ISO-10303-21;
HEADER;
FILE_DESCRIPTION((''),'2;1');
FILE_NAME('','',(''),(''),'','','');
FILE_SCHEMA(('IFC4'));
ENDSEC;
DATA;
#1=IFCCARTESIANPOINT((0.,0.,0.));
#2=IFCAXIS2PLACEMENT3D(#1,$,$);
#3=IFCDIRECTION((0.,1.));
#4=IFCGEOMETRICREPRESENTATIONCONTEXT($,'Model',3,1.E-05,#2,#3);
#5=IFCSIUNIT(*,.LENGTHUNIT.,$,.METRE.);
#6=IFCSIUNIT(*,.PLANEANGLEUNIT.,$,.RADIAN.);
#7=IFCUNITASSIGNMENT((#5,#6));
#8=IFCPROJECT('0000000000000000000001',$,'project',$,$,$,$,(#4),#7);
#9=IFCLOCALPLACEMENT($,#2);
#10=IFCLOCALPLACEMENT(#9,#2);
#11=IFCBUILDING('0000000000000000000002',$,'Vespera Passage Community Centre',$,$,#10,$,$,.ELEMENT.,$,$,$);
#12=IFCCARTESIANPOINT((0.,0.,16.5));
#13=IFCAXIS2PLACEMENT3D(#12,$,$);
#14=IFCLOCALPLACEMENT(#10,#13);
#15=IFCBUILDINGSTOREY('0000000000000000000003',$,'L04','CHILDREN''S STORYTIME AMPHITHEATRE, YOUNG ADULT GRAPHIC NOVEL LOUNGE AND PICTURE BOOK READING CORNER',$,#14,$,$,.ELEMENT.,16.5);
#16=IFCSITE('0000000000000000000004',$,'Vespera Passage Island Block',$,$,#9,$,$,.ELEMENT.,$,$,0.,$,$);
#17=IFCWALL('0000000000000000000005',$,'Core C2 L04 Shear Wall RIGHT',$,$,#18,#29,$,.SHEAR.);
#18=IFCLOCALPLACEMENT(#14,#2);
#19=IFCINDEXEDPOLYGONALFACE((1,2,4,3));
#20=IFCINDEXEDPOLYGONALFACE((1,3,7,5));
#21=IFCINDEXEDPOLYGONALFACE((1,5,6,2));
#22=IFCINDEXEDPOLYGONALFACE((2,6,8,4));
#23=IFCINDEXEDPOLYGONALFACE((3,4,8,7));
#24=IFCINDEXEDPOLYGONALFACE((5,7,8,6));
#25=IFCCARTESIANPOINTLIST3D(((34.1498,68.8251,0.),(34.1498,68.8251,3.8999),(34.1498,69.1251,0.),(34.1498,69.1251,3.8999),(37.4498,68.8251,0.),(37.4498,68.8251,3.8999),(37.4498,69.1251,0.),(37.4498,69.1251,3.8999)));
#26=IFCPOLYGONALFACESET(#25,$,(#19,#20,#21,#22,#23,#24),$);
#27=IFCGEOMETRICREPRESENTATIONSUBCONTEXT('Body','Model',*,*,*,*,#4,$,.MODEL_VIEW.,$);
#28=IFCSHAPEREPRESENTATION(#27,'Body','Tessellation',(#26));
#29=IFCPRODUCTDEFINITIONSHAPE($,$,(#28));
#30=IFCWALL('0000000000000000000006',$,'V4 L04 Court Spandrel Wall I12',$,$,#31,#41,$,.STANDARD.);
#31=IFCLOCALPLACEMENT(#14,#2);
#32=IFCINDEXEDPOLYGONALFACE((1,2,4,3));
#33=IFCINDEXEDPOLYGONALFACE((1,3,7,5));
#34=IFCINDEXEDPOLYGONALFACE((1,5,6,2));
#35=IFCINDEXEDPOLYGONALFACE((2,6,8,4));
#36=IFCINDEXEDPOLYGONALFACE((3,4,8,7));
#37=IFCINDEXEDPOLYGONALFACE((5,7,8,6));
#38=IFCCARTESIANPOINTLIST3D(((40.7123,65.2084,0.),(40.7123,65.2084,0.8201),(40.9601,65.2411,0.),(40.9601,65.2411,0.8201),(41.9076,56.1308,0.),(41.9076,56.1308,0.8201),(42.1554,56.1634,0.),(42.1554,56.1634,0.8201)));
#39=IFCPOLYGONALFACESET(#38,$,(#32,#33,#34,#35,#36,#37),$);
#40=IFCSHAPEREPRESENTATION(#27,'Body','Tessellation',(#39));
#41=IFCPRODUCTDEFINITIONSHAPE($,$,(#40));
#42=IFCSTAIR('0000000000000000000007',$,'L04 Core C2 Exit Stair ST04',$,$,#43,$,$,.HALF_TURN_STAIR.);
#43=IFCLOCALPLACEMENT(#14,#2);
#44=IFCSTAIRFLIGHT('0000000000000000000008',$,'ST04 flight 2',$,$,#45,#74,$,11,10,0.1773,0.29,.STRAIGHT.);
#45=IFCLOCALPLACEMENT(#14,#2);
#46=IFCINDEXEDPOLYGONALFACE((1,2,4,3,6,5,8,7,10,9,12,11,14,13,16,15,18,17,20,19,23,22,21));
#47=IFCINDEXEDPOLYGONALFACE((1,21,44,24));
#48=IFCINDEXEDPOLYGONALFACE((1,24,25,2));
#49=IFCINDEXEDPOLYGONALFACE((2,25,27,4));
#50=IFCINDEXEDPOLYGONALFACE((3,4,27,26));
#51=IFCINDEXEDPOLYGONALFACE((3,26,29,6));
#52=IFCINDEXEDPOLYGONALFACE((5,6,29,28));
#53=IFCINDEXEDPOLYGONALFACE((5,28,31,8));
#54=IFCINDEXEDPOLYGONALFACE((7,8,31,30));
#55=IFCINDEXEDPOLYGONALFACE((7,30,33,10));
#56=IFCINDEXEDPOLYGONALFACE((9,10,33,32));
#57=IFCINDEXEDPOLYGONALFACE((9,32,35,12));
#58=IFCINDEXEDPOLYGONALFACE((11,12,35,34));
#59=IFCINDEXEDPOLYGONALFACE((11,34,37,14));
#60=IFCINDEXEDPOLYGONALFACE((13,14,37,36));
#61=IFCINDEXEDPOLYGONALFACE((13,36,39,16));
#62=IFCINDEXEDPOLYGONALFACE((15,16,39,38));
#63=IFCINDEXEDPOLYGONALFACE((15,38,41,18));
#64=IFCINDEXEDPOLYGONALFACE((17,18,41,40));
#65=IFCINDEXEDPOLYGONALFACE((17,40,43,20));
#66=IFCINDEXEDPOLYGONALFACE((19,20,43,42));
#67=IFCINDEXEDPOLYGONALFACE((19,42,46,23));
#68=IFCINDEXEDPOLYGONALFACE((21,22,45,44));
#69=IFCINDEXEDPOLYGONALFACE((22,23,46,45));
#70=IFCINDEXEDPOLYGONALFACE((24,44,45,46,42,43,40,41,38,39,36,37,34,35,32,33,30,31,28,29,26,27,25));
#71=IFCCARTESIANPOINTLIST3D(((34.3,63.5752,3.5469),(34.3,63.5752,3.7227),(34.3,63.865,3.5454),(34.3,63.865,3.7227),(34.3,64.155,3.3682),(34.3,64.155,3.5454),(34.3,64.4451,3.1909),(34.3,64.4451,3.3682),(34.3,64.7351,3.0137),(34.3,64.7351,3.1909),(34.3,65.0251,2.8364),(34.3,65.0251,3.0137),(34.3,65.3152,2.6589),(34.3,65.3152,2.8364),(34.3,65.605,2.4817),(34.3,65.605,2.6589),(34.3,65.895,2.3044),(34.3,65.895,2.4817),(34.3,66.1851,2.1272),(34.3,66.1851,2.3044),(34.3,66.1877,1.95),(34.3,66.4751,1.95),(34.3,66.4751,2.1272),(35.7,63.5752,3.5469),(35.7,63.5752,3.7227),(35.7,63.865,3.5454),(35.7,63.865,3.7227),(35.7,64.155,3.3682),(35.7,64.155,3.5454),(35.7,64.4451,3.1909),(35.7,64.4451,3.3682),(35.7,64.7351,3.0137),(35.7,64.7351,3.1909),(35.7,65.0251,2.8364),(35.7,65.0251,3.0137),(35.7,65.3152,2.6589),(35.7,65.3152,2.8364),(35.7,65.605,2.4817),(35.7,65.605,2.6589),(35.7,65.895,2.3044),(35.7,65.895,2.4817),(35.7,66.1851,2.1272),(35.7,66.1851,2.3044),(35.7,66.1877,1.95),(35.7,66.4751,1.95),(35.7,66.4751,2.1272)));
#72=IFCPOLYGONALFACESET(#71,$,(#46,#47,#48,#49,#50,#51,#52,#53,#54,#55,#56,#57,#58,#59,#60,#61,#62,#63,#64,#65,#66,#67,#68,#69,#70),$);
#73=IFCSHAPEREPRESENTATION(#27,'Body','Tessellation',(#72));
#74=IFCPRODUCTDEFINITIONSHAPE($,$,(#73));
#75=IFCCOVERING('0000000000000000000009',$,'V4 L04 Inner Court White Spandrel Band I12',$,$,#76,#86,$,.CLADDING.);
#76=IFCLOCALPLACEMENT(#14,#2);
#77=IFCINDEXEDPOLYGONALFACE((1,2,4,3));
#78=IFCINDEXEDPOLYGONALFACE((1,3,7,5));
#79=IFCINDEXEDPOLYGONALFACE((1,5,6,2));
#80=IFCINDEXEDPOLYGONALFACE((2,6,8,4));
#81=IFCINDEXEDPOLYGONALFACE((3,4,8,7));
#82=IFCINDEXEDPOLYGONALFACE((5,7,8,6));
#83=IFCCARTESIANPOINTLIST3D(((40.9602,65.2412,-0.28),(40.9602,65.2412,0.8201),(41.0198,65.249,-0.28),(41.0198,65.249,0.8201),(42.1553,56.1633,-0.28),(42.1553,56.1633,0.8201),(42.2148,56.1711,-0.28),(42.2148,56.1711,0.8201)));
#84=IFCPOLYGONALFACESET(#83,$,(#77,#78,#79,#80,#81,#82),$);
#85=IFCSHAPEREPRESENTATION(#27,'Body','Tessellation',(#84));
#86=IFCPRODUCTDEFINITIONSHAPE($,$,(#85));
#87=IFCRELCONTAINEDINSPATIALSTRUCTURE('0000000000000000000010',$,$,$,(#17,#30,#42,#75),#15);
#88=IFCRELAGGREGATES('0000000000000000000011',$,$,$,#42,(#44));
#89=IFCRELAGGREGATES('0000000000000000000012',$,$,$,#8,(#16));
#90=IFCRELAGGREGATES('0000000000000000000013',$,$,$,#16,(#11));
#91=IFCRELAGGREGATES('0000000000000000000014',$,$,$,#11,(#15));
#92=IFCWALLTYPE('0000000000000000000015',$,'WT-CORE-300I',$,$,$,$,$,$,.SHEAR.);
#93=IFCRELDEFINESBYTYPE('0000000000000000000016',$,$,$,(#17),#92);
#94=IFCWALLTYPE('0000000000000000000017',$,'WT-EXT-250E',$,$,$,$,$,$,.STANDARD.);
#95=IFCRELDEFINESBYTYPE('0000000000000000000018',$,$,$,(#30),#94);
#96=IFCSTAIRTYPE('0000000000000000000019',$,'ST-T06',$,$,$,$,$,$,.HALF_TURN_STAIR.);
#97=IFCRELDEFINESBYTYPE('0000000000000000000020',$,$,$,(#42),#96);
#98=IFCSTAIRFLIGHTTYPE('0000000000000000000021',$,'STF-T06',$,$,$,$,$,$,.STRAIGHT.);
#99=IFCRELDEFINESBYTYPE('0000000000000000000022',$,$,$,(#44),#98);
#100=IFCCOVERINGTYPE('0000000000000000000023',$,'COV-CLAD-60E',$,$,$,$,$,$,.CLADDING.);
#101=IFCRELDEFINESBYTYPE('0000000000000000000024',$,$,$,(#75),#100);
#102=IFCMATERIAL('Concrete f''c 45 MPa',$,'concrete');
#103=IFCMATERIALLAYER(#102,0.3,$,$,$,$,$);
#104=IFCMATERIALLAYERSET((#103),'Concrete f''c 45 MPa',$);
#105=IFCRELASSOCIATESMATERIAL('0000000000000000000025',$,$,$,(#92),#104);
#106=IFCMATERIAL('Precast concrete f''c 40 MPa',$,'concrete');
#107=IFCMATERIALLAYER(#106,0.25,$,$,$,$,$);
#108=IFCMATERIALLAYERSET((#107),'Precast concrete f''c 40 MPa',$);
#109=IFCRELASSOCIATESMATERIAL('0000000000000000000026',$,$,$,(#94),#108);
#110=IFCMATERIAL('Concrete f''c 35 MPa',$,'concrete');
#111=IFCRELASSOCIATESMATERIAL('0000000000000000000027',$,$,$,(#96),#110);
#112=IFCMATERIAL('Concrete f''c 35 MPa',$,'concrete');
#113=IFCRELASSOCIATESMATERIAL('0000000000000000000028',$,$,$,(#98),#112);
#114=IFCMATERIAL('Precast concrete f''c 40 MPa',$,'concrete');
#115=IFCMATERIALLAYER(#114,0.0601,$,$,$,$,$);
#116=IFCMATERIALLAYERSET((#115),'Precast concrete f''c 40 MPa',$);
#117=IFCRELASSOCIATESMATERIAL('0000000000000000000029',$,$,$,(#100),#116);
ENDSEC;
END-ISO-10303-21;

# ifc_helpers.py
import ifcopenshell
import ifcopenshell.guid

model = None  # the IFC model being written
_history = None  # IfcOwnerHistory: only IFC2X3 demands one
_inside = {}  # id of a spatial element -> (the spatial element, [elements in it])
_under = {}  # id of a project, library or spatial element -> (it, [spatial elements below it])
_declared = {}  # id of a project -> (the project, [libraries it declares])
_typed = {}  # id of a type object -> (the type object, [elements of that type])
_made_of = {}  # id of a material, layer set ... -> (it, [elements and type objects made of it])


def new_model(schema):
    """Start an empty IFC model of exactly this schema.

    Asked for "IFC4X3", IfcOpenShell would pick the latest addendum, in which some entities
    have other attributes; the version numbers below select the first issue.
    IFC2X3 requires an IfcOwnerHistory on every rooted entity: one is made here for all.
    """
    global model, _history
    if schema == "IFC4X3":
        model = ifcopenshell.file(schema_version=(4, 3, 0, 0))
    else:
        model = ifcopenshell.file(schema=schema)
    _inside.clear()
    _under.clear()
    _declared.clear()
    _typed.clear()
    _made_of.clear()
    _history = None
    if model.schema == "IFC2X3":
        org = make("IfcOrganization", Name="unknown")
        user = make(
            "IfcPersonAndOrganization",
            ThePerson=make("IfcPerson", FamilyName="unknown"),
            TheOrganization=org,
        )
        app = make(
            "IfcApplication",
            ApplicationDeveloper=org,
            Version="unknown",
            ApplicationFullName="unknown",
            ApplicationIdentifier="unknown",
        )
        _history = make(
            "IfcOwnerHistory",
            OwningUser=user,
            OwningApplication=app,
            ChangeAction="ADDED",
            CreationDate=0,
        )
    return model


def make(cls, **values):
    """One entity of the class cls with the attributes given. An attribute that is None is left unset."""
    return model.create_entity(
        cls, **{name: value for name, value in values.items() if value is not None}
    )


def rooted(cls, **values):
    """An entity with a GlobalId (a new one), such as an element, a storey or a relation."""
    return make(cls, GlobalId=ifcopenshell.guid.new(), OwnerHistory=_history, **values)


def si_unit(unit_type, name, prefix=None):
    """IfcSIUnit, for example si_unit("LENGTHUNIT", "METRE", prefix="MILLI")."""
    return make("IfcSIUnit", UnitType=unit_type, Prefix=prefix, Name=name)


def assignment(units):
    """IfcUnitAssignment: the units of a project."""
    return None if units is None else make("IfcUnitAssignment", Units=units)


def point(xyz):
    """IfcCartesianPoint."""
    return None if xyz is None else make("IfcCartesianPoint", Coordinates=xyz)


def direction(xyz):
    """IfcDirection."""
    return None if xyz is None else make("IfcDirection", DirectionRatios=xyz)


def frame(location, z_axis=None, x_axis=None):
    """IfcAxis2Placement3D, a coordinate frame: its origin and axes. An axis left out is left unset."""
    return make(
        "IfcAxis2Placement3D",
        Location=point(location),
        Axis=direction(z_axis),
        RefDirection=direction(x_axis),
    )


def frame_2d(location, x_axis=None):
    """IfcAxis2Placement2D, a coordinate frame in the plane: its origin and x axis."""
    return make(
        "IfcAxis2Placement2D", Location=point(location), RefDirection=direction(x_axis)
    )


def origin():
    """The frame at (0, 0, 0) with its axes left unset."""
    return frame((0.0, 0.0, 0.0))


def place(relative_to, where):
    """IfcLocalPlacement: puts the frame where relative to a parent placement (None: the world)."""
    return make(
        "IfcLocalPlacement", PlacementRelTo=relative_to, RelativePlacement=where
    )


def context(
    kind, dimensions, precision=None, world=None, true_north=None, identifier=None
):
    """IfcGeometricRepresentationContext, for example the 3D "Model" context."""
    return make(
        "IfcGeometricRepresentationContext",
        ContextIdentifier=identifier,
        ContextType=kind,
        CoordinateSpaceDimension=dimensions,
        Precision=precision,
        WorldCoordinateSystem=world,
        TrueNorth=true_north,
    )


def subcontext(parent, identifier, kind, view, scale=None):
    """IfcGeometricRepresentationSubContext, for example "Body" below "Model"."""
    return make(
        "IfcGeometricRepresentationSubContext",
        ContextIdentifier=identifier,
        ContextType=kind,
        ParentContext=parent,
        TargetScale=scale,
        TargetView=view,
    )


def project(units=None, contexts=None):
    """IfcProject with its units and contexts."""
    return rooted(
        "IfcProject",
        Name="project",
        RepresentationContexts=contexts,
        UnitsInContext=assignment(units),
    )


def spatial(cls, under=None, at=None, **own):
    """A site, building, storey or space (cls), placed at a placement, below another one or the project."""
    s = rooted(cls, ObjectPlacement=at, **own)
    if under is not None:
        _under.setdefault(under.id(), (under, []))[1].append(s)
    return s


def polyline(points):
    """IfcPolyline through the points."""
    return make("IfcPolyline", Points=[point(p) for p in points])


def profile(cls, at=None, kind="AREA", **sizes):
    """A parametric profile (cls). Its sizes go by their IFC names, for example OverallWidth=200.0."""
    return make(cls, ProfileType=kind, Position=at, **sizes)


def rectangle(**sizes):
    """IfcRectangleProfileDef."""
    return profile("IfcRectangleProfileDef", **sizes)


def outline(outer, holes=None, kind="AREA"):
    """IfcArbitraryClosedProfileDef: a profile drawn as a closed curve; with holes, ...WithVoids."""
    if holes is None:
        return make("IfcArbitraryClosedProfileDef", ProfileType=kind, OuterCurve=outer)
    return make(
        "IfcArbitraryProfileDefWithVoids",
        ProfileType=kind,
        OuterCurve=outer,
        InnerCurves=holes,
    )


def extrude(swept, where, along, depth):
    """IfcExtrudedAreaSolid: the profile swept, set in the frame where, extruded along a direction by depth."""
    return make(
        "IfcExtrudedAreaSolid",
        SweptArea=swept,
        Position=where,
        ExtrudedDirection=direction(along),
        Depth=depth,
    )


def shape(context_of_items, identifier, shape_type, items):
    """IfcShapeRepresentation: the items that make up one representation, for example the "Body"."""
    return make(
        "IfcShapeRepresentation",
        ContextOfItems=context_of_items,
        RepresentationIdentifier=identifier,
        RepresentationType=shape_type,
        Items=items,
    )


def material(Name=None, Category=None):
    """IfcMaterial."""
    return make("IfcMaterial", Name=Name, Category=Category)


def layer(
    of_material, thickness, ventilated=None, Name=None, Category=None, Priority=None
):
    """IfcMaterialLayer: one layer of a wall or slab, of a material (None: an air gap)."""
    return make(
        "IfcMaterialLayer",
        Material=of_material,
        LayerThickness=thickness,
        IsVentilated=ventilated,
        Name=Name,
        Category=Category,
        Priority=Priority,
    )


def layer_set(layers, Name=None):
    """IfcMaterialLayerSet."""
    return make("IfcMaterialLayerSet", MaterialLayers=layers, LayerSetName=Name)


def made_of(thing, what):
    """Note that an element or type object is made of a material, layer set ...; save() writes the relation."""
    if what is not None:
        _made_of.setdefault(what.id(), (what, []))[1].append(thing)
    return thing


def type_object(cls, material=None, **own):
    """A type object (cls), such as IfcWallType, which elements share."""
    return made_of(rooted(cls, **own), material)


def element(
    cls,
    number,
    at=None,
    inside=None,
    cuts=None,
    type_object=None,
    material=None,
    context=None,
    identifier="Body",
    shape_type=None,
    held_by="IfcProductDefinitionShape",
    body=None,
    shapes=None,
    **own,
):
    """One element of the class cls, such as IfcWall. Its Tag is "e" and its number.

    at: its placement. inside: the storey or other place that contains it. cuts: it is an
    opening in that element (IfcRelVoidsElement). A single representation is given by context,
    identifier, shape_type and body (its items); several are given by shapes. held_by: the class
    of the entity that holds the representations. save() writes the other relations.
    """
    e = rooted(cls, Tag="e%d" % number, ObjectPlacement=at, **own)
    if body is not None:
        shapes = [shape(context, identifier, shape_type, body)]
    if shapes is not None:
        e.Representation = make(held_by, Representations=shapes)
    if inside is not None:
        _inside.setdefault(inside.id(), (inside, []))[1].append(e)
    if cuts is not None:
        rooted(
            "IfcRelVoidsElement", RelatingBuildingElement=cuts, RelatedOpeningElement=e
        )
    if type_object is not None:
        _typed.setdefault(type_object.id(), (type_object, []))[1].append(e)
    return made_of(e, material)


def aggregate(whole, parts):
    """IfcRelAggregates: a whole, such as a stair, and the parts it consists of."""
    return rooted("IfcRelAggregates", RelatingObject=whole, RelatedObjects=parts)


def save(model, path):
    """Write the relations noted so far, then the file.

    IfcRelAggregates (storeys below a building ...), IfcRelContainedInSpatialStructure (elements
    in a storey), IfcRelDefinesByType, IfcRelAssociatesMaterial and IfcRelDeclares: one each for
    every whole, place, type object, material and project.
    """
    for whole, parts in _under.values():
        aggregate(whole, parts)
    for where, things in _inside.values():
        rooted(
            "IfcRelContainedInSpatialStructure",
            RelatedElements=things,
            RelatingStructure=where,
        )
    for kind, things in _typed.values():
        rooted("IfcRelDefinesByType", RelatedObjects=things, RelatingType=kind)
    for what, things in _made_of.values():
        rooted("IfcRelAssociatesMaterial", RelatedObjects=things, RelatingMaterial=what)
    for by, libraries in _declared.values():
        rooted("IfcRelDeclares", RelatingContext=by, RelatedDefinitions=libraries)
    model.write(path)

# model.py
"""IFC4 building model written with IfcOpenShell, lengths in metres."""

from ifc_helpers import new_model, si_unit, direction, frame, frame_2d, origin, place, context, subcontext, project, spatial, polyline, rectangle, outline, extrude, material, layer, layer_set, type_object, element, aggregate, save


model = new_model("IFC4")

# Units and contexts
model_context = context("Model", 3, precision=1e-05, world=origin(), true_north=direction((0.0, 1.0)))
body_context = subcontext(model_context, "Body", "Model", "MODEL_VIEW")
ifc_project = project(units=[si_unit("LENGTHUNIT", "METRE"), si_unit("PLANEANGLEUNIT", "RADIAN")], contexts=[model_context])

# Site, building, storey
site_placement = place(None, origin())
site = spatial("IfcSite", under=ifc_project, at=site_placement, Name="Vespera Passage Island Block", CompositionType="ELEMENT", RefElevation=0.0)
building_placement = place(site_placement, origin())
building = spatial("IfcBuilding", under=site, at=building_placement, Name="Vespera Passage Community Centre", CompositionType="ELEMENT")
storey_placement = place(building_placement, frame((0.0, 0.0, 16.5)))
storey = spatial("IfcBuildingStorey", under=building, at=storey_placement, Name="L04", Description="CHILDREN'S STORYTIME AMPHITHEATRE, YOUNG ADULT GRAPHIC NOVEL LOUNGE AND PICTURE BOOK READING CORNER", CompositionType="ELEMENT", Elevation=16.5)

# Shared definitions
ifc_material_1 = material(Name="Concrete f'c 45 MPa", Category="concrete")
ifc_layer_1 = layer(ifc_material_1, 0.3)
ifc_layer_set_1 = layer_set([ifc_layer_1], Name="Concrete f'c 45 MPa")
wall_type_1 = type_object("IfcWallType", Name="WT-CORE-300I", PredefinedType="SHEAR", material=ifc_layer_set_1)

# Walls
wall_1_placement = place(storey_placement, frame((34.1499, 68.9751, 0.0), z_axis=(0.0, 0.0, 1.0), x_axis=(1.0, 0.0, 0.0)))
element("IfcWall", 1, at=wall_1_placement, inside=storey, type_object=wall_type_1, Name="Core C2 L04 Shear Wall RIGHT", PredefinedType="SHEAR", context=body_context, shape_type="SweptSolid", body=[
    extrude(rectangle(XDim=3.3, YDim=0.3, at=frame_2d((1.6499, 0.0))), origin(), (0.0, 0.0, 1.0), 3.8999),
])
ifc_material_2 = material(Name="Precast concrete f'c 40 MPa", Category="concrete")
ifc_layer_2 = layer(ifc_material_2, 0.25)
ifc_layer_set_2 = layer_set([ifc_layer_2], Name="Precast concrete f'c 40 MPa")
wall_type_2 = type_object("IfcWallType", Name="WT-EXT-250E", PredefinedType="STANDARD", material=ifc_layer_set_2)
wall_2_placement = place(storey_placement, frame((40.8362, 65.2249, 0.0), z_axis=(0.0, 0.0, 1.0), x_axis=(0.13055, -0.991442, 0.0)))
element("IfcWall", 2, at=wall_2_placement, inside=storey, type_object=wall_type_2, Name="V4 L04 Court Spandrel Wall I12", PredefinedType="STANDARD", context=body_context, shape_type="SweptSolid", body=[
    extrude(rectangle(XDim=9.156, YDim=0.25, at=frame_2d((4.5781, 0.0))), origin(), (0.0, 0.0, 1.0), 0.8201),
])

# Stair, stair flight
ifc_material_3 = material(Name="Concrete f'c 35 MPa", Category="concrete")
stair_type = type_object("IfcStairType", Name="ST-T06", PredefinedType="HALF_TURN_STAIR", material=ifc_material_3)
stair_placement = place(storey_placement, origin())
stair = element("IfcStair", 3, at=stair_placement, inside=storey, type_object=stair_type, Name="L04 Core C2 Exit Stair ST04", PredefinedType="HALF_TURN_STAIR")
ifc_material_4 = material(Name="Concrete f'c 35 MPa", Category="concrete")
stair_flight_type = type_object("IfcStairFlightType", Name="STF-T06", PredefinedType="STRAIGHT", material=ifc_material_4)
stair_flight_placement = place(storey_placement, frame((35.0, 66.4751, 1.95), z_axis=(0.0, 0.0, 1.0), x_axis=(0.0, -1.0, 0.0)))
stair_flight = element("IfcStairFlight", 4, at=stair_flight_placement, type_object=stair_flight_type, Name="ST04 flight 2", NumberOfRisers=11, NumberOfTreads=10, PredefinedType="STRAIGHT", RiserHeight=0.1773, TreadLength=0.29, context=body_context, shape_type="SweptSolid", body=[
    extrude(outline(polyline([(0.0, 0.0), (0.0, 0.1772), (0.29, 0.1772), (0.29, 0.3545), (0.5801, 0.3545), (0.5801, 0.5317), (0.8701, 0.5317), (0.8701, 0.709), (1.1599, 0.709), (1.1599, 0.8865), (1.45, 0.8865), (1.45, 1.0637), (1.74, 1.0637), (1.74, 1.241), (2.03, 1.241), (2.03, 1.4182), (2.3201, 1.4182), (2.3201, 1.5955), (2.6101, 1.5955), (2.6101, 1.7727), (2.8999, 1.7727), (2.8999, 1.95), (2.8999, 1.5969), (0.2874, 0.0), (0.0, 0.0)])), frame((0.0, 0.7, 0.0), z_axis=(0.0, -1.0, 0.0), x_axis=(1.0, 0.0, 0.0)), (0.0, 0.0, 1.0), 1.3999),
])
aggregate(stair, [stair_flight])

# Covering
ifc_material_5 = material(Name="Precast concrete f'c 40 MPa", Category="concrete")
ifc_layer_3 = layer(ifc_material_5, 0.0601)
ifc_layer_set_3 = layer_set([ifc_layer_3], Name="Precast concrete f'c 40 MPa")
covering_type = type_object("IfcCoveringType", Name="COV-CLAD-60E", PredefinedType="CLADDING", material=ifc_layer_set_3)
covering_placement = place(storey_placement, frame((40.99, 65.2451, -0.28), z_axis=(0.0, 0.0, 1.0), x_axis=(0.13052, -0.991446, 0.0)))
element("IfcCovering", 5, at=covering_placement, inside=storey, type_object=covering_type, Name="V4 L04 Inner Court White Spandrel Band I12", PredefinedType="CLADDING", context=body_context, shape_type="SweptSolid", body=[
    extrude(rectangle(XDim=9.1562, YDim=0.0601, at=frame_2d((4.5781, 0.0))), origin(), (0.0, 0.0, 1.0), 1.1001),
])

save(model, "model.ifc")
